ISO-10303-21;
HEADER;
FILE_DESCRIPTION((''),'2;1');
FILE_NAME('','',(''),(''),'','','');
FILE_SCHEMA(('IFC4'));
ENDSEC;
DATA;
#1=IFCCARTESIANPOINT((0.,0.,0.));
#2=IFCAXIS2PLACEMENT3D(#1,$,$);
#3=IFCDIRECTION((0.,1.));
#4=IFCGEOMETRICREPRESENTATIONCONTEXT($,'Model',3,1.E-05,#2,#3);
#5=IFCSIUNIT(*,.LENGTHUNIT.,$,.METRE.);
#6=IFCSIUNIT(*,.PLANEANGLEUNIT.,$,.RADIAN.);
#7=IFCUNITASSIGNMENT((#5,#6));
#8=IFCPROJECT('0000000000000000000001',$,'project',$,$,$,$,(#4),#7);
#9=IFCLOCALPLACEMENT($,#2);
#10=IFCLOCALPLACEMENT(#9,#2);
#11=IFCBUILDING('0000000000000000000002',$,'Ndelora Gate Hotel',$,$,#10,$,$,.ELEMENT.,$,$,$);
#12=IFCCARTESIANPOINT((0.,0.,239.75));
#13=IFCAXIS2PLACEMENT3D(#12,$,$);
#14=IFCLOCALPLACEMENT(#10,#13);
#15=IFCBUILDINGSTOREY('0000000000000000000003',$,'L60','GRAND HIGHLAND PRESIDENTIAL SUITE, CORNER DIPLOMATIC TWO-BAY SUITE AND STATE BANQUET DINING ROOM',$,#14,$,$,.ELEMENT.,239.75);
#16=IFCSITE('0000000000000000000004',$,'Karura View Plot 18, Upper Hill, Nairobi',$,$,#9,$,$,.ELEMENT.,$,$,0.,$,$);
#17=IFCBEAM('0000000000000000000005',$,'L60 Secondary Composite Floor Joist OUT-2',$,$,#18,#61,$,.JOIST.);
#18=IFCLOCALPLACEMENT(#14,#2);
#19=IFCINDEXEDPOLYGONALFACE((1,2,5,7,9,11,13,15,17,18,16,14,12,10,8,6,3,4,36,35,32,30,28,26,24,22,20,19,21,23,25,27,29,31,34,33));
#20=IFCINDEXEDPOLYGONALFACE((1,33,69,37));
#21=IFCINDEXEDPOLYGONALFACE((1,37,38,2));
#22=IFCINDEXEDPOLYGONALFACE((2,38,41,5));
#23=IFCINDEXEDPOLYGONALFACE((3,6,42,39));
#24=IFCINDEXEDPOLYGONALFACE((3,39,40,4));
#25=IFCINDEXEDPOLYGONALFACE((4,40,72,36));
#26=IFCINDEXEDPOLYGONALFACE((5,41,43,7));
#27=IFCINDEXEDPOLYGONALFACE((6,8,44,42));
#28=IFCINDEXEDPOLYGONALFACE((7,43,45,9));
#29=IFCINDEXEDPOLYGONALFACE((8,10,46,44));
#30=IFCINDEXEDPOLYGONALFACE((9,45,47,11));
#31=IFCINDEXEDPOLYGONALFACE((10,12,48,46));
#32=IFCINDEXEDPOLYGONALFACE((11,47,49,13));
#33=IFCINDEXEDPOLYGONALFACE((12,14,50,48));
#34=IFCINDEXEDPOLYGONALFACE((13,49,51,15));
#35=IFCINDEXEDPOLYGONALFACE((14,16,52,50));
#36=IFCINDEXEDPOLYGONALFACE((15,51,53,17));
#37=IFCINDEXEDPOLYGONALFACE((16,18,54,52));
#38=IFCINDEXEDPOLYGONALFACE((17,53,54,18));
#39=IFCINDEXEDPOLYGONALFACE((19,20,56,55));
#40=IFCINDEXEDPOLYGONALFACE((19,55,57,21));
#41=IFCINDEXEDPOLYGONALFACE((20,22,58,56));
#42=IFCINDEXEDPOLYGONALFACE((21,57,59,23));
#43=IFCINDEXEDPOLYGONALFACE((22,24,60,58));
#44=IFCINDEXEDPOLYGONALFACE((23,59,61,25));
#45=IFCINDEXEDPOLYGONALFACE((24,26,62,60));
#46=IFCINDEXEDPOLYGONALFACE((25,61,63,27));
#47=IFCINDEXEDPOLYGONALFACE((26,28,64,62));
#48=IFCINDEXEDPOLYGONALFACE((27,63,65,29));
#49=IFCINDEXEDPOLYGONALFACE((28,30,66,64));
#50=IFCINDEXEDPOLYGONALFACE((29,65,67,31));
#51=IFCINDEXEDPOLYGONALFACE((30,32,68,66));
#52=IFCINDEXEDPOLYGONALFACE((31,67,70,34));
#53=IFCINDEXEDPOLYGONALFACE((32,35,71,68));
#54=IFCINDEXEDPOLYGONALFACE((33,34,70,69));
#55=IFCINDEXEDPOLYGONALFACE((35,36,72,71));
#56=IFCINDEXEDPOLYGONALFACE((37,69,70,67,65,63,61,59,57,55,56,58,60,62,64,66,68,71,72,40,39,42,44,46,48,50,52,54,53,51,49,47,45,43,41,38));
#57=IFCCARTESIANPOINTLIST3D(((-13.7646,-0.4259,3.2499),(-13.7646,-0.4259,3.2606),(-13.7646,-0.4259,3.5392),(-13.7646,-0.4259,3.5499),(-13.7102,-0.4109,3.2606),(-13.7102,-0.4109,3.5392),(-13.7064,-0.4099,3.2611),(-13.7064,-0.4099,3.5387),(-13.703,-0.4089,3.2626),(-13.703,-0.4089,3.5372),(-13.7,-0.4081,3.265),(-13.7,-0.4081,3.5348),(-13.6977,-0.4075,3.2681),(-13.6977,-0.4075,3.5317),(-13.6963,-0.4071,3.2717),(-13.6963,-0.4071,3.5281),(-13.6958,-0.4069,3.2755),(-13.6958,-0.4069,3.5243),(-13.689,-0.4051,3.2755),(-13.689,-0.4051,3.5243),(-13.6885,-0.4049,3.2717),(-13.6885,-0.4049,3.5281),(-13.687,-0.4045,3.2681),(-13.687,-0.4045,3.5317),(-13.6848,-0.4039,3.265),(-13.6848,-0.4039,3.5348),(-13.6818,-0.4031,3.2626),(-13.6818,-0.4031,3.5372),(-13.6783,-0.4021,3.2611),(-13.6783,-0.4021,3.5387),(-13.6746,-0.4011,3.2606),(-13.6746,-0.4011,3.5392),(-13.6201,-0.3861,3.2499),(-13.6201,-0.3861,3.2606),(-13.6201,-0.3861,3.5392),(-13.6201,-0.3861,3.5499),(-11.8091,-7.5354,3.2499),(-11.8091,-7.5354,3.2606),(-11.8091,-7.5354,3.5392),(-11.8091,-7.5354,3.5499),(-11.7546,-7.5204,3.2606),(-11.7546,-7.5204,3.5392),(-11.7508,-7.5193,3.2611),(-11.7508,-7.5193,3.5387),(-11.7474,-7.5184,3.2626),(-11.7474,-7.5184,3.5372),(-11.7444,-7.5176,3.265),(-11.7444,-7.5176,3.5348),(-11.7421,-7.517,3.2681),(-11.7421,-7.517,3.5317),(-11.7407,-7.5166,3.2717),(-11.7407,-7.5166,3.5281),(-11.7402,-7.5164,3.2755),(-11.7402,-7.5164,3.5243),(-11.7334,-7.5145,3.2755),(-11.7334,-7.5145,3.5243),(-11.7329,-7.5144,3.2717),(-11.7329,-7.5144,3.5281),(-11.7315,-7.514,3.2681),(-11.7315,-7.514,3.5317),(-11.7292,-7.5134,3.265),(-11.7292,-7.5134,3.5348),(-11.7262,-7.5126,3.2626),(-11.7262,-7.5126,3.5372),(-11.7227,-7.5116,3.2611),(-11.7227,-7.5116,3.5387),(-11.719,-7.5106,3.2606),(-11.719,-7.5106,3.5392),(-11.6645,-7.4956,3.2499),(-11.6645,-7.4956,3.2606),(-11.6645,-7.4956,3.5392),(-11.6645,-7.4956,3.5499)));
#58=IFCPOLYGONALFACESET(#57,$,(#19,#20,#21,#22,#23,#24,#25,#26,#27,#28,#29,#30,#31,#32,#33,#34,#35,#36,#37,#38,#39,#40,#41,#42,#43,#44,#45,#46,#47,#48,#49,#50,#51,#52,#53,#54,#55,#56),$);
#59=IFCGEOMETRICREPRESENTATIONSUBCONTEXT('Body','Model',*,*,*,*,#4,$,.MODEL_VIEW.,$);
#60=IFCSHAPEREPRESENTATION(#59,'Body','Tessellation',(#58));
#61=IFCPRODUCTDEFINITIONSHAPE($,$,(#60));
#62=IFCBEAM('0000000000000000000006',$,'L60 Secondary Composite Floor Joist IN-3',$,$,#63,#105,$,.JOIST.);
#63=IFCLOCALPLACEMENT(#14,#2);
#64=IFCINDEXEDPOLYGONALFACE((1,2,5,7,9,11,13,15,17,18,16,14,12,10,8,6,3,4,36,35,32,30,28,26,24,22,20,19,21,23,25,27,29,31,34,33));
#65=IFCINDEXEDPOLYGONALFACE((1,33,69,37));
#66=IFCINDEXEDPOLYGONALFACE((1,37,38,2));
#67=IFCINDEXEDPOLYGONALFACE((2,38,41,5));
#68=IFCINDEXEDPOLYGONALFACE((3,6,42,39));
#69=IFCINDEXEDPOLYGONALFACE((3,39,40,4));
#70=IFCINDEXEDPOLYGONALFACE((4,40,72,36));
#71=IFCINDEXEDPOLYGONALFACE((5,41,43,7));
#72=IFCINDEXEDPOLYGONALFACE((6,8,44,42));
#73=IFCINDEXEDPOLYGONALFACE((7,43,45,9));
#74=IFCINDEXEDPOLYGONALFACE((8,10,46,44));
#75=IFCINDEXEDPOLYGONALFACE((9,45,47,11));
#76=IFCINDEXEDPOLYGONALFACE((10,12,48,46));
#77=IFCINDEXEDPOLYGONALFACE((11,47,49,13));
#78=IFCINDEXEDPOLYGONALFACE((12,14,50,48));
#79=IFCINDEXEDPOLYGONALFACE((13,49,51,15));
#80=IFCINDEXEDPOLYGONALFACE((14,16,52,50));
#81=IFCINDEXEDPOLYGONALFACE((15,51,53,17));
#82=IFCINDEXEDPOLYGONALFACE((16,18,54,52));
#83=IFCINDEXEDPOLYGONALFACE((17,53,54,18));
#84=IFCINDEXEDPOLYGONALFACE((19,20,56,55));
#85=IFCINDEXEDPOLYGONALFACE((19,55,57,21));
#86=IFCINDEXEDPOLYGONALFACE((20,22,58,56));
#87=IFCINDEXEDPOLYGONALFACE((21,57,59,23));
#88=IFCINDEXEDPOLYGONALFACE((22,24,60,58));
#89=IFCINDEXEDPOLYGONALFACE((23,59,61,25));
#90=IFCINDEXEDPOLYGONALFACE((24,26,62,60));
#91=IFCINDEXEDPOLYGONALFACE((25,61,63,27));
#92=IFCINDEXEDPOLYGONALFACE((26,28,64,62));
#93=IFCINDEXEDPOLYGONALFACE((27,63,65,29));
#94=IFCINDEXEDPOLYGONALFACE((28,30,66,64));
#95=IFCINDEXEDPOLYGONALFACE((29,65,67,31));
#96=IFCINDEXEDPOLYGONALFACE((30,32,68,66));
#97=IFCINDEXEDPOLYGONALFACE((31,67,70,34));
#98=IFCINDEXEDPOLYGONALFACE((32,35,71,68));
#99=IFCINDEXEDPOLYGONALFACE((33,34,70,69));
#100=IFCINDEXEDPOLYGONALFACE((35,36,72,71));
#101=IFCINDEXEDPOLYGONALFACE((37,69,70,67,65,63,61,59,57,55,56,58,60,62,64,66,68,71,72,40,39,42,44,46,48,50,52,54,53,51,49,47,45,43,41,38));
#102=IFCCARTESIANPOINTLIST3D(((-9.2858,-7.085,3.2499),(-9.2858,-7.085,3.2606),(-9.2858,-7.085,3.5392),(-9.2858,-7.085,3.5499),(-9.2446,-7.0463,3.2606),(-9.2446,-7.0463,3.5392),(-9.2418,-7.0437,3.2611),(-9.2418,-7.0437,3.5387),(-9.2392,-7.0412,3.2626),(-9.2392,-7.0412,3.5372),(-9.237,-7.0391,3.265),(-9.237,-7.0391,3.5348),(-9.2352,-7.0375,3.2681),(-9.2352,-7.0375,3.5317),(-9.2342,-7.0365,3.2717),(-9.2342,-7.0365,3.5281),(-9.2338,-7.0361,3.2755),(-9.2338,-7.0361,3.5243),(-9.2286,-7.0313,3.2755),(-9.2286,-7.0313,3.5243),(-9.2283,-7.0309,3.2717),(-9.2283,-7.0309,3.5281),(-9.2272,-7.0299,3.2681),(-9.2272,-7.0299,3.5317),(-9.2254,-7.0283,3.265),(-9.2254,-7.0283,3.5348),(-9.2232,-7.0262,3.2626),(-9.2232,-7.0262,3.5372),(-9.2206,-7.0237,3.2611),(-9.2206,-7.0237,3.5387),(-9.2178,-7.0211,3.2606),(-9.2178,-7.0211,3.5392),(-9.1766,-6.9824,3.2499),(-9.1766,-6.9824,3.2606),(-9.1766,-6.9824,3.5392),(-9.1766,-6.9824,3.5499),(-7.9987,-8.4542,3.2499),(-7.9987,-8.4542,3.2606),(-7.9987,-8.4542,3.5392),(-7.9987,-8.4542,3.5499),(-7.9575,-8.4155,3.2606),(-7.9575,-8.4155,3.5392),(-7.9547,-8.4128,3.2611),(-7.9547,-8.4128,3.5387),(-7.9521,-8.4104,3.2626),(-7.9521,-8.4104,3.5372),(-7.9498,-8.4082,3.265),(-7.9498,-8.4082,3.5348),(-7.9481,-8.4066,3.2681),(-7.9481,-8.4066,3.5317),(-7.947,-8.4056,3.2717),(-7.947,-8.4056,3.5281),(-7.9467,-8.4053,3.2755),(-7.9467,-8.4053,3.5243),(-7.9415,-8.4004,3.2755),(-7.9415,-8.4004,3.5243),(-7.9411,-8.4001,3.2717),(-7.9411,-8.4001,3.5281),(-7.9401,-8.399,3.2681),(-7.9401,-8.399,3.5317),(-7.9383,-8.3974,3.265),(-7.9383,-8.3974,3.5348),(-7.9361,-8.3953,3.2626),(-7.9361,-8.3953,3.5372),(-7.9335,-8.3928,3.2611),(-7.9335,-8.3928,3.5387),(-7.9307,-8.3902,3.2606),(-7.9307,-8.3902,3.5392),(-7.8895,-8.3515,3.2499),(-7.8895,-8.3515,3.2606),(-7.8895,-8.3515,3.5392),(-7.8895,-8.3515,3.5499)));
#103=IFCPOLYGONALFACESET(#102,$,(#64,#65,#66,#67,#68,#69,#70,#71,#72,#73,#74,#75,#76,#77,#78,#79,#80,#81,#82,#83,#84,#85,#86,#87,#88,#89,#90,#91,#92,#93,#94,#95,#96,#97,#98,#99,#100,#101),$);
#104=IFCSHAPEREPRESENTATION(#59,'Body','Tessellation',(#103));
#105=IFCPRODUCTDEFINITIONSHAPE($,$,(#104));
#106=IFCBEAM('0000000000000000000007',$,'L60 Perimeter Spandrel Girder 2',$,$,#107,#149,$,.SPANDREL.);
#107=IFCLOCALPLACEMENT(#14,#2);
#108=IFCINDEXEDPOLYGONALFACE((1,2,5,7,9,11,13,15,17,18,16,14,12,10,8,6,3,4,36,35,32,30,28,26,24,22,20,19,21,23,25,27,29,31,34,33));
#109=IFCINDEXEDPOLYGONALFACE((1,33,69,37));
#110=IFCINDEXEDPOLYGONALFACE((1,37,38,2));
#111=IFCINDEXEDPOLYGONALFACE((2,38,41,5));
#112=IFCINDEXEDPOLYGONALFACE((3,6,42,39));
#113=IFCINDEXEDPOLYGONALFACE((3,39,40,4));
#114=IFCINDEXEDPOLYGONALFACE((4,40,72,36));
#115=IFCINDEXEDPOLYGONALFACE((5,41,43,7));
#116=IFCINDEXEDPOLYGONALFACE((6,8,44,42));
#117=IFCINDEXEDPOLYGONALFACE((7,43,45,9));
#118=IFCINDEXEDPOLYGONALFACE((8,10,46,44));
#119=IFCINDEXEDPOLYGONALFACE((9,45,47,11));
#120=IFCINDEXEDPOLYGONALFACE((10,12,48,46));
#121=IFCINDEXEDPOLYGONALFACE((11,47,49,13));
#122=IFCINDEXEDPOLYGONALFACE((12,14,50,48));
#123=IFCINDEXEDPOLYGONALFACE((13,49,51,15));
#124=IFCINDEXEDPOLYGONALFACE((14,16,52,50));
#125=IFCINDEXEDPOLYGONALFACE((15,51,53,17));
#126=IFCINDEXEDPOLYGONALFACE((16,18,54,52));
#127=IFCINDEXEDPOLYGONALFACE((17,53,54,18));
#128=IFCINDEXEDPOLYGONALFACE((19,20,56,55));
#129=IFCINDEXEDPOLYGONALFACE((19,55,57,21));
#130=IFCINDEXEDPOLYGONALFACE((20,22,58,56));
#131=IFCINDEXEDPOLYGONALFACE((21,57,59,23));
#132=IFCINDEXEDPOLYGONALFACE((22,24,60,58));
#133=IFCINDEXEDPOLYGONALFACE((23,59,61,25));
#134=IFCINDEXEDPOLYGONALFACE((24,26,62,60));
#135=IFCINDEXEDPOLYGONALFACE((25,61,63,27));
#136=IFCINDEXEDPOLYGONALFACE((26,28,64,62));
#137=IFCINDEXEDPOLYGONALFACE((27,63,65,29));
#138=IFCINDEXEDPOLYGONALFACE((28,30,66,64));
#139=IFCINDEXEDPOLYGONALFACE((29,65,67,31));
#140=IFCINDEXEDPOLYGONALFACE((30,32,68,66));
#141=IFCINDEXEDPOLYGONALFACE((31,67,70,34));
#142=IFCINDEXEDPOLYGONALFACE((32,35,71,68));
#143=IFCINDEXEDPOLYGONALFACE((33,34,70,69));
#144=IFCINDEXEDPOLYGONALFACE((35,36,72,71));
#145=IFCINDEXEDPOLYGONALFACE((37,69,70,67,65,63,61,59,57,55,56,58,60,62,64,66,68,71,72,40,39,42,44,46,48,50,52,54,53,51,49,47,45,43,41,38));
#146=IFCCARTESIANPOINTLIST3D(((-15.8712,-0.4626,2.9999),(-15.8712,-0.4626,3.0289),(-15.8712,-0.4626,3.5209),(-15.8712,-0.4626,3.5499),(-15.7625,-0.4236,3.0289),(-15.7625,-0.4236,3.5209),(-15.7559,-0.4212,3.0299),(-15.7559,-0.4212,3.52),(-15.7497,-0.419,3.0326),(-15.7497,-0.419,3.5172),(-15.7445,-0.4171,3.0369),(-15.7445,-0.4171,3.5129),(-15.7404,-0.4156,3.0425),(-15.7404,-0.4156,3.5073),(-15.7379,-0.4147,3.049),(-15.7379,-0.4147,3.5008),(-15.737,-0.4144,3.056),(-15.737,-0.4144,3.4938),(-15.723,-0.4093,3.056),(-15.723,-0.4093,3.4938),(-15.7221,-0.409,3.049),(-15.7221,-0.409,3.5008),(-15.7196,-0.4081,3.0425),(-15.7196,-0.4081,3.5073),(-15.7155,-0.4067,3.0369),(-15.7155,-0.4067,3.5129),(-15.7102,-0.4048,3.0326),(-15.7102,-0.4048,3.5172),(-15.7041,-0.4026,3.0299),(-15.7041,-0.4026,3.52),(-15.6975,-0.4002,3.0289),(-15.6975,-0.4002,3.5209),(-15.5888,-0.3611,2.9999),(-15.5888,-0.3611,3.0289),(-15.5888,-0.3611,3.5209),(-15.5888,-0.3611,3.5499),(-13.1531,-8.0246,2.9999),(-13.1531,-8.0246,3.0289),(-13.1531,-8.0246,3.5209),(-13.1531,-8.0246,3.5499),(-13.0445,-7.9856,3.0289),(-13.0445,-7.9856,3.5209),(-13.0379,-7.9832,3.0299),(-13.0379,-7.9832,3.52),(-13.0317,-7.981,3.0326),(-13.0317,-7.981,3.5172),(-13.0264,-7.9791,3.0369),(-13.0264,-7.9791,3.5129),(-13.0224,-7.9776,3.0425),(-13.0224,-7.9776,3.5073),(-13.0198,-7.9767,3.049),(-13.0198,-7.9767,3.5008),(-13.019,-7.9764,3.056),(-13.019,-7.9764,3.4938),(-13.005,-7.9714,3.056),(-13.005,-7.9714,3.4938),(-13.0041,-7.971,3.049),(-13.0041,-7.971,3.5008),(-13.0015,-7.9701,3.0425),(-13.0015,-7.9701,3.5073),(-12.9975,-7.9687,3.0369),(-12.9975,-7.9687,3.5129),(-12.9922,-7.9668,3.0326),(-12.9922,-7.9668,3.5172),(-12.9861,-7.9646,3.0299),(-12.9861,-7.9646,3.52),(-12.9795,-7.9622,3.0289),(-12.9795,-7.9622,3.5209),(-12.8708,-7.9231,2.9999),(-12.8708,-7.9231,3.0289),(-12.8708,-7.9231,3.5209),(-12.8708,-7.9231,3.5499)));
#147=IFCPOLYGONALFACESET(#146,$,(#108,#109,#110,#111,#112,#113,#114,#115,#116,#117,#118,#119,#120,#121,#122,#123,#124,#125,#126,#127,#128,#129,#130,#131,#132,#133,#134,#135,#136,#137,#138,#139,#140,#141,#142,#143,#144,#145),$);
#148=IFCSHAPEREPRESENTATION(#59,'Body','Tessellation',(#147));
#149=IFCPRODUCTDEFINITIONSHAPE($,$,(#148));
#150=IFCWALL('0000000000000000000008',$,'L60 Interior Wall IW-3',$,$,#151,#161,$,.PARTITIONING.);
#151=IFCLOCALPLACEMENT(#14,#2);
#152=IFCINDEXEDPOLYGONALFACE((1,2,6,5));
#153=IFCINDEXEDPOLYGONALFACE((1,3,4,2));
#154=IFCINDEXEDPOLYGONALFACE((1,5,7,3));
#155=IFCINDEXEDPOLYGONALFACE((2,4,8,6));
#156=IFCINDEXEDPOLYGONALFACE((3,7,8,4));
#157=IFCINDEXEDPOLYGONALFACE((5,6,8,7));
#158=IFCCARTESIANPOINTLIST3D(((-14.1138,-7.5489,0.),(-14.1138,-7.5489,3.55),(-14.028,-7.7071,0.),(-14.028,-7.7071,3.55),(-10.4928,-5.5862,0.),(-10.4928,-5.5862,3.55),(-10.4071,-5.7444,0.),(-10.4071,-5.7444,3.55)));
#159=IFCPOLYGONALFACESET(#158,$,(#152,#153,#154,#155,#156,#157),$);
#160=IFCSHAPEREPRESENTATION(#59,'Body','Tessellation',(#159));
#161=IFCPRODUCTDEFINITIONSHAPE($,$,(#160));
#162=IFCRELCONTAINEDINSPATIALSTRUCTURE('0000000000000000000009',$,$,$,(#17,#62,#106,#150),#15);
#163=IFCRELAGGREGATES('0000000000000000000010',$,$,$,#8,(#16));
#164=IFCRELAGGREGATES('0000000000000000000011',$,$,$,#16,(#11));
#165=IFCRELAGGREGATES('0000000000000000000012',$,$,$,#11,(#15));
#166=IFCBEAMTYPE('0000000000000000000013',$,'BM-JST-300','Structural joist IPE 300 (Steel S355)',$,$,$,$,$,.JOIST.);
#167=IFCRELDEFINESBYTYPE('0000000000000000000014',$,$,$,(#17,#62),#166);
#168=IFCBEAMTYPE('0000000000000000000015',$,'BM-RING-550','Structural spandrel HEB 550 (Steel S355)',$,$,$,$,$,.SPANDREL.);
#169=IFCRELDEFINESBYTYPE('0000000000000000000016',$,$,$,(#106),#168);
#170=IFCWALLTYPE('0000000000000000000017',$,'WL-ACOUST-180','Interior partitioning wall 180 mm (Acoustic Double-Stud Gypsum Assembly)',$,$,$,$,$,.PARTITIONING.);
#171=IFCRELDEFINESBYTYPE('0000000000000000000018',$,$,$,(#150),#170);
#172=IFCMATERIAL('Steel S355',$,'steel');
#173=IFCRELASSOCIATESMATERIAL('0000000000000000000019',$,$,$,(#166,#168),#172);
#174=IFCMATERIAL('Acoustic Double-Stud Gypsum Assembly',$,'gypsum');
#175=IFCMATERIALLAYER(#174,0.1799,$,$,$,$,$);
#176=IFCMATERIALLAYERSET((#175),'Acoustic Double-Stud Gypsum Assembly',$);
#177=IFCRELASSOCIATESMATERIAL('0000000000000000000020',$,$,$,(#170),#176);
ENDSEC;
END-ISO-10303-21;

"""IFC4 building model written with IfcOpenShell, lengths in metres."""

from ifc_helpers import new_model, si_unit, direction, frame, frame_2d, origin, origin_2d, place, context, subcontext, project, spatial, rectangle, i_section, extrude, material, layer, layer_set, material_profile, profile_set, type_object, element, save


model = new_model("IFC4")

# Units and contexts
model_context = context("Model", 3, precision=1e-05, world=origin(), true_north=direction((0.0, 1.0)))
body_context = subcontext(model_context, "Body", "Model", "MODEL_VIEW")
ifc_project = project(units=[si_unit("LENGTHUNIT", "METRE"), si_unit("PLANEANGLEUNIT", "RADIAN")], contexts=[model_context])

# Site, building, storey
site_placement = place(None, origin())
site = spatial("IfcSite", under=ifc_project, at=site_placement, Name="Karura View Plot 18, Upper Hill, Nairobi", CompositionType="ELEMENT", RefElevation=0.0)
building_placement = place(site_placement, origin())
building = spatial("IfcBuilding", under=site, at=building_placement, Name="Ndelora Gate Hotel", CompositionType="ELEMENT")
storey_placement = place(building_placement, frame((0.0, 0.0, 239.75)))
storey = spatial("IfcBuildingStorey", under=building, at=storey_placement, Name="L60", Description="GRAND HIGHLAND PRESIDENTIAL SUITE, CORNER DIPLOMATIC TWO-BAY SUITE AND STATE BANQUET DINING ROOM", CompositionType="ELEMENT", Elevation=239.75)

# Beams
ifc_material_1 = material(Name="Steel S355", Category="steel")
ifc_material_profile_1 = material_profile(ifc_material_1, i_section(OverallWidth=0.1499, OverallDepth=0.3, WebThickness=0.0071, FlangeThickness=0.0107, FilletRadius=0.0149, at=origin_2d()), Name="IPE 300")
ifc_profile_set_1 = profile_set([ifc_material_profile_1], Name="Steel S355")
beam_type_1 = type_object("IfcBeamType", Name="BM-JST-300", Description="Structural joist IPE 300 (Steel S355)", PredefinedType="JOIST", material=ifc_profile_set_1)
beam_1_placement = place(storey_placement, frame((-13.6924, -0.406, 3.3999), z_axis=(0.265218, -0.964188, 0.0), x_axis=(0.964188, 0.265218, 0.0)))
element("IfcBeam", 1, at=beam_1_placement, inside=storey, type_object=beam_type_1, Name="L60 Secondary Composite Floor Joist OUT-2", PredefinedType="JOIST", context=body_context, shape_type="SweptSolid", body=[
    extrude(i_section(OverallWidth=0.1499, OverallDepth=0.3, WebThickness=0.0071, FlangeThickness=0.0107, FilletRadius=0.0149, at=origin_2d()), origin(), (0.0, 0.0, 1.0), 7.3735),
])
beam_2_placement = place(storey_placement, frame((-9.2312, -7.0337, 3.3999), z_axis=(0.684943, -0.728597, 0.0), x_axis=(0.728597, 0.684943, 0.0)))
element("IfcBeam", 2, at=beam_2_placement, inside=storey, type_object=beam_type_1, Name="L60 Secondary Composite Floor Joist IN-3", PredefinedType="JOIST", context=body_context, shape_type="SweptSolid", body=[
    extrude(i_section(OverallWidth=0.1499, OverallDepth=0.3, WebThickness=0.0071, FlangeThickness=0.0107, FilletRadius=0.0149, at=origin_2d()), origin(), (0.0, 0.0, 1.0), 1.8792),
])
ifc_material_profile_2 = material_profile(ifc_material_1, i_section(OverallWidth=0.3, OverallDepth=0.55, WebThickness=0.0149, FlangeThickness=0.0291, FilletRadius=0.0271, at=origin_2d()), Name="HEB 550")
ifc_profile_set_2 = profile_set([ifc_material_profile_2], Name="Steel S355")
beam_type_2 = type_object("IfcBeamType", Name="BM-RING-550", Description="Structural spandrel HEB 550 (Steel S355)", PredefinedType="SPANDREL", material=ifc_profile_set_2)
beam_3_placement = place(storey_placement, frame((-15.73, -0.4119, 3.2749), z_axis=(0.338245, -0.941058, 0.0), x_axis=(0.941058, 0.338245, 0.0)))
element("IfcBeam", 3, at=beam_3_placement, inside=storey, type_object=beam_type_2, Name="L60 Perimeter Spandrel Girder 2", PredefinedType="SPANDREL", context=body_context, shape_type="SweptSolid", body=[
    extrude(i_section(OverallWidth=0.3, OverallDepth=0.55, WebThickness=0.0149, FlangeThickness=0.0291, FilletRadius=0.0271, at=origin_2d()), origin(), (0.0, 0.0, 1.0), 8.0356),
])

# Wall
ifc_material_2 = material(Name="Acoustic Double-Stud Gypsum Assembly", Category="gypsum")
ifc_layer_1 = layer(ifc_material_2, 0.1799)
ifc_layer_set_1 = layer_set([ifc_layer_1], Name="Acoustic Double-Stud Gypsum Assembly")
wall_type_1 = type_object("IfcWallType", Name="WL-ACOUST-180", Description="Interior partitioning wall 180 mm (Acoustic Double-Stud Gypsum Assembly)", PredefinedType="PARTITIONING", material=ifc_layer_set_1)
wall_1_placement = place(storey_placement, frame((-10.45, -5.6653, 0.0), z_axis=(0.0, 0.0, 1.0), x_axis=(-0.879154, -0.476537, 0.0)))
element("IfcWall", 4, at=wall_1_placement, inside=storey, type_object=wall_type_1, Name="L60 Interior Wall IW-3", PredefinedType="PARTITIONING", context=body_context, shape_type="SweptSolid", body=[
    extrude(rectangle(XDim=4.1187, YDim=0.1799, at=frame_2d((2.0593, 0.0))), origin(), (0.0, 0.0, 1.0), 3.55),
])

save(model, "model.ifc")
